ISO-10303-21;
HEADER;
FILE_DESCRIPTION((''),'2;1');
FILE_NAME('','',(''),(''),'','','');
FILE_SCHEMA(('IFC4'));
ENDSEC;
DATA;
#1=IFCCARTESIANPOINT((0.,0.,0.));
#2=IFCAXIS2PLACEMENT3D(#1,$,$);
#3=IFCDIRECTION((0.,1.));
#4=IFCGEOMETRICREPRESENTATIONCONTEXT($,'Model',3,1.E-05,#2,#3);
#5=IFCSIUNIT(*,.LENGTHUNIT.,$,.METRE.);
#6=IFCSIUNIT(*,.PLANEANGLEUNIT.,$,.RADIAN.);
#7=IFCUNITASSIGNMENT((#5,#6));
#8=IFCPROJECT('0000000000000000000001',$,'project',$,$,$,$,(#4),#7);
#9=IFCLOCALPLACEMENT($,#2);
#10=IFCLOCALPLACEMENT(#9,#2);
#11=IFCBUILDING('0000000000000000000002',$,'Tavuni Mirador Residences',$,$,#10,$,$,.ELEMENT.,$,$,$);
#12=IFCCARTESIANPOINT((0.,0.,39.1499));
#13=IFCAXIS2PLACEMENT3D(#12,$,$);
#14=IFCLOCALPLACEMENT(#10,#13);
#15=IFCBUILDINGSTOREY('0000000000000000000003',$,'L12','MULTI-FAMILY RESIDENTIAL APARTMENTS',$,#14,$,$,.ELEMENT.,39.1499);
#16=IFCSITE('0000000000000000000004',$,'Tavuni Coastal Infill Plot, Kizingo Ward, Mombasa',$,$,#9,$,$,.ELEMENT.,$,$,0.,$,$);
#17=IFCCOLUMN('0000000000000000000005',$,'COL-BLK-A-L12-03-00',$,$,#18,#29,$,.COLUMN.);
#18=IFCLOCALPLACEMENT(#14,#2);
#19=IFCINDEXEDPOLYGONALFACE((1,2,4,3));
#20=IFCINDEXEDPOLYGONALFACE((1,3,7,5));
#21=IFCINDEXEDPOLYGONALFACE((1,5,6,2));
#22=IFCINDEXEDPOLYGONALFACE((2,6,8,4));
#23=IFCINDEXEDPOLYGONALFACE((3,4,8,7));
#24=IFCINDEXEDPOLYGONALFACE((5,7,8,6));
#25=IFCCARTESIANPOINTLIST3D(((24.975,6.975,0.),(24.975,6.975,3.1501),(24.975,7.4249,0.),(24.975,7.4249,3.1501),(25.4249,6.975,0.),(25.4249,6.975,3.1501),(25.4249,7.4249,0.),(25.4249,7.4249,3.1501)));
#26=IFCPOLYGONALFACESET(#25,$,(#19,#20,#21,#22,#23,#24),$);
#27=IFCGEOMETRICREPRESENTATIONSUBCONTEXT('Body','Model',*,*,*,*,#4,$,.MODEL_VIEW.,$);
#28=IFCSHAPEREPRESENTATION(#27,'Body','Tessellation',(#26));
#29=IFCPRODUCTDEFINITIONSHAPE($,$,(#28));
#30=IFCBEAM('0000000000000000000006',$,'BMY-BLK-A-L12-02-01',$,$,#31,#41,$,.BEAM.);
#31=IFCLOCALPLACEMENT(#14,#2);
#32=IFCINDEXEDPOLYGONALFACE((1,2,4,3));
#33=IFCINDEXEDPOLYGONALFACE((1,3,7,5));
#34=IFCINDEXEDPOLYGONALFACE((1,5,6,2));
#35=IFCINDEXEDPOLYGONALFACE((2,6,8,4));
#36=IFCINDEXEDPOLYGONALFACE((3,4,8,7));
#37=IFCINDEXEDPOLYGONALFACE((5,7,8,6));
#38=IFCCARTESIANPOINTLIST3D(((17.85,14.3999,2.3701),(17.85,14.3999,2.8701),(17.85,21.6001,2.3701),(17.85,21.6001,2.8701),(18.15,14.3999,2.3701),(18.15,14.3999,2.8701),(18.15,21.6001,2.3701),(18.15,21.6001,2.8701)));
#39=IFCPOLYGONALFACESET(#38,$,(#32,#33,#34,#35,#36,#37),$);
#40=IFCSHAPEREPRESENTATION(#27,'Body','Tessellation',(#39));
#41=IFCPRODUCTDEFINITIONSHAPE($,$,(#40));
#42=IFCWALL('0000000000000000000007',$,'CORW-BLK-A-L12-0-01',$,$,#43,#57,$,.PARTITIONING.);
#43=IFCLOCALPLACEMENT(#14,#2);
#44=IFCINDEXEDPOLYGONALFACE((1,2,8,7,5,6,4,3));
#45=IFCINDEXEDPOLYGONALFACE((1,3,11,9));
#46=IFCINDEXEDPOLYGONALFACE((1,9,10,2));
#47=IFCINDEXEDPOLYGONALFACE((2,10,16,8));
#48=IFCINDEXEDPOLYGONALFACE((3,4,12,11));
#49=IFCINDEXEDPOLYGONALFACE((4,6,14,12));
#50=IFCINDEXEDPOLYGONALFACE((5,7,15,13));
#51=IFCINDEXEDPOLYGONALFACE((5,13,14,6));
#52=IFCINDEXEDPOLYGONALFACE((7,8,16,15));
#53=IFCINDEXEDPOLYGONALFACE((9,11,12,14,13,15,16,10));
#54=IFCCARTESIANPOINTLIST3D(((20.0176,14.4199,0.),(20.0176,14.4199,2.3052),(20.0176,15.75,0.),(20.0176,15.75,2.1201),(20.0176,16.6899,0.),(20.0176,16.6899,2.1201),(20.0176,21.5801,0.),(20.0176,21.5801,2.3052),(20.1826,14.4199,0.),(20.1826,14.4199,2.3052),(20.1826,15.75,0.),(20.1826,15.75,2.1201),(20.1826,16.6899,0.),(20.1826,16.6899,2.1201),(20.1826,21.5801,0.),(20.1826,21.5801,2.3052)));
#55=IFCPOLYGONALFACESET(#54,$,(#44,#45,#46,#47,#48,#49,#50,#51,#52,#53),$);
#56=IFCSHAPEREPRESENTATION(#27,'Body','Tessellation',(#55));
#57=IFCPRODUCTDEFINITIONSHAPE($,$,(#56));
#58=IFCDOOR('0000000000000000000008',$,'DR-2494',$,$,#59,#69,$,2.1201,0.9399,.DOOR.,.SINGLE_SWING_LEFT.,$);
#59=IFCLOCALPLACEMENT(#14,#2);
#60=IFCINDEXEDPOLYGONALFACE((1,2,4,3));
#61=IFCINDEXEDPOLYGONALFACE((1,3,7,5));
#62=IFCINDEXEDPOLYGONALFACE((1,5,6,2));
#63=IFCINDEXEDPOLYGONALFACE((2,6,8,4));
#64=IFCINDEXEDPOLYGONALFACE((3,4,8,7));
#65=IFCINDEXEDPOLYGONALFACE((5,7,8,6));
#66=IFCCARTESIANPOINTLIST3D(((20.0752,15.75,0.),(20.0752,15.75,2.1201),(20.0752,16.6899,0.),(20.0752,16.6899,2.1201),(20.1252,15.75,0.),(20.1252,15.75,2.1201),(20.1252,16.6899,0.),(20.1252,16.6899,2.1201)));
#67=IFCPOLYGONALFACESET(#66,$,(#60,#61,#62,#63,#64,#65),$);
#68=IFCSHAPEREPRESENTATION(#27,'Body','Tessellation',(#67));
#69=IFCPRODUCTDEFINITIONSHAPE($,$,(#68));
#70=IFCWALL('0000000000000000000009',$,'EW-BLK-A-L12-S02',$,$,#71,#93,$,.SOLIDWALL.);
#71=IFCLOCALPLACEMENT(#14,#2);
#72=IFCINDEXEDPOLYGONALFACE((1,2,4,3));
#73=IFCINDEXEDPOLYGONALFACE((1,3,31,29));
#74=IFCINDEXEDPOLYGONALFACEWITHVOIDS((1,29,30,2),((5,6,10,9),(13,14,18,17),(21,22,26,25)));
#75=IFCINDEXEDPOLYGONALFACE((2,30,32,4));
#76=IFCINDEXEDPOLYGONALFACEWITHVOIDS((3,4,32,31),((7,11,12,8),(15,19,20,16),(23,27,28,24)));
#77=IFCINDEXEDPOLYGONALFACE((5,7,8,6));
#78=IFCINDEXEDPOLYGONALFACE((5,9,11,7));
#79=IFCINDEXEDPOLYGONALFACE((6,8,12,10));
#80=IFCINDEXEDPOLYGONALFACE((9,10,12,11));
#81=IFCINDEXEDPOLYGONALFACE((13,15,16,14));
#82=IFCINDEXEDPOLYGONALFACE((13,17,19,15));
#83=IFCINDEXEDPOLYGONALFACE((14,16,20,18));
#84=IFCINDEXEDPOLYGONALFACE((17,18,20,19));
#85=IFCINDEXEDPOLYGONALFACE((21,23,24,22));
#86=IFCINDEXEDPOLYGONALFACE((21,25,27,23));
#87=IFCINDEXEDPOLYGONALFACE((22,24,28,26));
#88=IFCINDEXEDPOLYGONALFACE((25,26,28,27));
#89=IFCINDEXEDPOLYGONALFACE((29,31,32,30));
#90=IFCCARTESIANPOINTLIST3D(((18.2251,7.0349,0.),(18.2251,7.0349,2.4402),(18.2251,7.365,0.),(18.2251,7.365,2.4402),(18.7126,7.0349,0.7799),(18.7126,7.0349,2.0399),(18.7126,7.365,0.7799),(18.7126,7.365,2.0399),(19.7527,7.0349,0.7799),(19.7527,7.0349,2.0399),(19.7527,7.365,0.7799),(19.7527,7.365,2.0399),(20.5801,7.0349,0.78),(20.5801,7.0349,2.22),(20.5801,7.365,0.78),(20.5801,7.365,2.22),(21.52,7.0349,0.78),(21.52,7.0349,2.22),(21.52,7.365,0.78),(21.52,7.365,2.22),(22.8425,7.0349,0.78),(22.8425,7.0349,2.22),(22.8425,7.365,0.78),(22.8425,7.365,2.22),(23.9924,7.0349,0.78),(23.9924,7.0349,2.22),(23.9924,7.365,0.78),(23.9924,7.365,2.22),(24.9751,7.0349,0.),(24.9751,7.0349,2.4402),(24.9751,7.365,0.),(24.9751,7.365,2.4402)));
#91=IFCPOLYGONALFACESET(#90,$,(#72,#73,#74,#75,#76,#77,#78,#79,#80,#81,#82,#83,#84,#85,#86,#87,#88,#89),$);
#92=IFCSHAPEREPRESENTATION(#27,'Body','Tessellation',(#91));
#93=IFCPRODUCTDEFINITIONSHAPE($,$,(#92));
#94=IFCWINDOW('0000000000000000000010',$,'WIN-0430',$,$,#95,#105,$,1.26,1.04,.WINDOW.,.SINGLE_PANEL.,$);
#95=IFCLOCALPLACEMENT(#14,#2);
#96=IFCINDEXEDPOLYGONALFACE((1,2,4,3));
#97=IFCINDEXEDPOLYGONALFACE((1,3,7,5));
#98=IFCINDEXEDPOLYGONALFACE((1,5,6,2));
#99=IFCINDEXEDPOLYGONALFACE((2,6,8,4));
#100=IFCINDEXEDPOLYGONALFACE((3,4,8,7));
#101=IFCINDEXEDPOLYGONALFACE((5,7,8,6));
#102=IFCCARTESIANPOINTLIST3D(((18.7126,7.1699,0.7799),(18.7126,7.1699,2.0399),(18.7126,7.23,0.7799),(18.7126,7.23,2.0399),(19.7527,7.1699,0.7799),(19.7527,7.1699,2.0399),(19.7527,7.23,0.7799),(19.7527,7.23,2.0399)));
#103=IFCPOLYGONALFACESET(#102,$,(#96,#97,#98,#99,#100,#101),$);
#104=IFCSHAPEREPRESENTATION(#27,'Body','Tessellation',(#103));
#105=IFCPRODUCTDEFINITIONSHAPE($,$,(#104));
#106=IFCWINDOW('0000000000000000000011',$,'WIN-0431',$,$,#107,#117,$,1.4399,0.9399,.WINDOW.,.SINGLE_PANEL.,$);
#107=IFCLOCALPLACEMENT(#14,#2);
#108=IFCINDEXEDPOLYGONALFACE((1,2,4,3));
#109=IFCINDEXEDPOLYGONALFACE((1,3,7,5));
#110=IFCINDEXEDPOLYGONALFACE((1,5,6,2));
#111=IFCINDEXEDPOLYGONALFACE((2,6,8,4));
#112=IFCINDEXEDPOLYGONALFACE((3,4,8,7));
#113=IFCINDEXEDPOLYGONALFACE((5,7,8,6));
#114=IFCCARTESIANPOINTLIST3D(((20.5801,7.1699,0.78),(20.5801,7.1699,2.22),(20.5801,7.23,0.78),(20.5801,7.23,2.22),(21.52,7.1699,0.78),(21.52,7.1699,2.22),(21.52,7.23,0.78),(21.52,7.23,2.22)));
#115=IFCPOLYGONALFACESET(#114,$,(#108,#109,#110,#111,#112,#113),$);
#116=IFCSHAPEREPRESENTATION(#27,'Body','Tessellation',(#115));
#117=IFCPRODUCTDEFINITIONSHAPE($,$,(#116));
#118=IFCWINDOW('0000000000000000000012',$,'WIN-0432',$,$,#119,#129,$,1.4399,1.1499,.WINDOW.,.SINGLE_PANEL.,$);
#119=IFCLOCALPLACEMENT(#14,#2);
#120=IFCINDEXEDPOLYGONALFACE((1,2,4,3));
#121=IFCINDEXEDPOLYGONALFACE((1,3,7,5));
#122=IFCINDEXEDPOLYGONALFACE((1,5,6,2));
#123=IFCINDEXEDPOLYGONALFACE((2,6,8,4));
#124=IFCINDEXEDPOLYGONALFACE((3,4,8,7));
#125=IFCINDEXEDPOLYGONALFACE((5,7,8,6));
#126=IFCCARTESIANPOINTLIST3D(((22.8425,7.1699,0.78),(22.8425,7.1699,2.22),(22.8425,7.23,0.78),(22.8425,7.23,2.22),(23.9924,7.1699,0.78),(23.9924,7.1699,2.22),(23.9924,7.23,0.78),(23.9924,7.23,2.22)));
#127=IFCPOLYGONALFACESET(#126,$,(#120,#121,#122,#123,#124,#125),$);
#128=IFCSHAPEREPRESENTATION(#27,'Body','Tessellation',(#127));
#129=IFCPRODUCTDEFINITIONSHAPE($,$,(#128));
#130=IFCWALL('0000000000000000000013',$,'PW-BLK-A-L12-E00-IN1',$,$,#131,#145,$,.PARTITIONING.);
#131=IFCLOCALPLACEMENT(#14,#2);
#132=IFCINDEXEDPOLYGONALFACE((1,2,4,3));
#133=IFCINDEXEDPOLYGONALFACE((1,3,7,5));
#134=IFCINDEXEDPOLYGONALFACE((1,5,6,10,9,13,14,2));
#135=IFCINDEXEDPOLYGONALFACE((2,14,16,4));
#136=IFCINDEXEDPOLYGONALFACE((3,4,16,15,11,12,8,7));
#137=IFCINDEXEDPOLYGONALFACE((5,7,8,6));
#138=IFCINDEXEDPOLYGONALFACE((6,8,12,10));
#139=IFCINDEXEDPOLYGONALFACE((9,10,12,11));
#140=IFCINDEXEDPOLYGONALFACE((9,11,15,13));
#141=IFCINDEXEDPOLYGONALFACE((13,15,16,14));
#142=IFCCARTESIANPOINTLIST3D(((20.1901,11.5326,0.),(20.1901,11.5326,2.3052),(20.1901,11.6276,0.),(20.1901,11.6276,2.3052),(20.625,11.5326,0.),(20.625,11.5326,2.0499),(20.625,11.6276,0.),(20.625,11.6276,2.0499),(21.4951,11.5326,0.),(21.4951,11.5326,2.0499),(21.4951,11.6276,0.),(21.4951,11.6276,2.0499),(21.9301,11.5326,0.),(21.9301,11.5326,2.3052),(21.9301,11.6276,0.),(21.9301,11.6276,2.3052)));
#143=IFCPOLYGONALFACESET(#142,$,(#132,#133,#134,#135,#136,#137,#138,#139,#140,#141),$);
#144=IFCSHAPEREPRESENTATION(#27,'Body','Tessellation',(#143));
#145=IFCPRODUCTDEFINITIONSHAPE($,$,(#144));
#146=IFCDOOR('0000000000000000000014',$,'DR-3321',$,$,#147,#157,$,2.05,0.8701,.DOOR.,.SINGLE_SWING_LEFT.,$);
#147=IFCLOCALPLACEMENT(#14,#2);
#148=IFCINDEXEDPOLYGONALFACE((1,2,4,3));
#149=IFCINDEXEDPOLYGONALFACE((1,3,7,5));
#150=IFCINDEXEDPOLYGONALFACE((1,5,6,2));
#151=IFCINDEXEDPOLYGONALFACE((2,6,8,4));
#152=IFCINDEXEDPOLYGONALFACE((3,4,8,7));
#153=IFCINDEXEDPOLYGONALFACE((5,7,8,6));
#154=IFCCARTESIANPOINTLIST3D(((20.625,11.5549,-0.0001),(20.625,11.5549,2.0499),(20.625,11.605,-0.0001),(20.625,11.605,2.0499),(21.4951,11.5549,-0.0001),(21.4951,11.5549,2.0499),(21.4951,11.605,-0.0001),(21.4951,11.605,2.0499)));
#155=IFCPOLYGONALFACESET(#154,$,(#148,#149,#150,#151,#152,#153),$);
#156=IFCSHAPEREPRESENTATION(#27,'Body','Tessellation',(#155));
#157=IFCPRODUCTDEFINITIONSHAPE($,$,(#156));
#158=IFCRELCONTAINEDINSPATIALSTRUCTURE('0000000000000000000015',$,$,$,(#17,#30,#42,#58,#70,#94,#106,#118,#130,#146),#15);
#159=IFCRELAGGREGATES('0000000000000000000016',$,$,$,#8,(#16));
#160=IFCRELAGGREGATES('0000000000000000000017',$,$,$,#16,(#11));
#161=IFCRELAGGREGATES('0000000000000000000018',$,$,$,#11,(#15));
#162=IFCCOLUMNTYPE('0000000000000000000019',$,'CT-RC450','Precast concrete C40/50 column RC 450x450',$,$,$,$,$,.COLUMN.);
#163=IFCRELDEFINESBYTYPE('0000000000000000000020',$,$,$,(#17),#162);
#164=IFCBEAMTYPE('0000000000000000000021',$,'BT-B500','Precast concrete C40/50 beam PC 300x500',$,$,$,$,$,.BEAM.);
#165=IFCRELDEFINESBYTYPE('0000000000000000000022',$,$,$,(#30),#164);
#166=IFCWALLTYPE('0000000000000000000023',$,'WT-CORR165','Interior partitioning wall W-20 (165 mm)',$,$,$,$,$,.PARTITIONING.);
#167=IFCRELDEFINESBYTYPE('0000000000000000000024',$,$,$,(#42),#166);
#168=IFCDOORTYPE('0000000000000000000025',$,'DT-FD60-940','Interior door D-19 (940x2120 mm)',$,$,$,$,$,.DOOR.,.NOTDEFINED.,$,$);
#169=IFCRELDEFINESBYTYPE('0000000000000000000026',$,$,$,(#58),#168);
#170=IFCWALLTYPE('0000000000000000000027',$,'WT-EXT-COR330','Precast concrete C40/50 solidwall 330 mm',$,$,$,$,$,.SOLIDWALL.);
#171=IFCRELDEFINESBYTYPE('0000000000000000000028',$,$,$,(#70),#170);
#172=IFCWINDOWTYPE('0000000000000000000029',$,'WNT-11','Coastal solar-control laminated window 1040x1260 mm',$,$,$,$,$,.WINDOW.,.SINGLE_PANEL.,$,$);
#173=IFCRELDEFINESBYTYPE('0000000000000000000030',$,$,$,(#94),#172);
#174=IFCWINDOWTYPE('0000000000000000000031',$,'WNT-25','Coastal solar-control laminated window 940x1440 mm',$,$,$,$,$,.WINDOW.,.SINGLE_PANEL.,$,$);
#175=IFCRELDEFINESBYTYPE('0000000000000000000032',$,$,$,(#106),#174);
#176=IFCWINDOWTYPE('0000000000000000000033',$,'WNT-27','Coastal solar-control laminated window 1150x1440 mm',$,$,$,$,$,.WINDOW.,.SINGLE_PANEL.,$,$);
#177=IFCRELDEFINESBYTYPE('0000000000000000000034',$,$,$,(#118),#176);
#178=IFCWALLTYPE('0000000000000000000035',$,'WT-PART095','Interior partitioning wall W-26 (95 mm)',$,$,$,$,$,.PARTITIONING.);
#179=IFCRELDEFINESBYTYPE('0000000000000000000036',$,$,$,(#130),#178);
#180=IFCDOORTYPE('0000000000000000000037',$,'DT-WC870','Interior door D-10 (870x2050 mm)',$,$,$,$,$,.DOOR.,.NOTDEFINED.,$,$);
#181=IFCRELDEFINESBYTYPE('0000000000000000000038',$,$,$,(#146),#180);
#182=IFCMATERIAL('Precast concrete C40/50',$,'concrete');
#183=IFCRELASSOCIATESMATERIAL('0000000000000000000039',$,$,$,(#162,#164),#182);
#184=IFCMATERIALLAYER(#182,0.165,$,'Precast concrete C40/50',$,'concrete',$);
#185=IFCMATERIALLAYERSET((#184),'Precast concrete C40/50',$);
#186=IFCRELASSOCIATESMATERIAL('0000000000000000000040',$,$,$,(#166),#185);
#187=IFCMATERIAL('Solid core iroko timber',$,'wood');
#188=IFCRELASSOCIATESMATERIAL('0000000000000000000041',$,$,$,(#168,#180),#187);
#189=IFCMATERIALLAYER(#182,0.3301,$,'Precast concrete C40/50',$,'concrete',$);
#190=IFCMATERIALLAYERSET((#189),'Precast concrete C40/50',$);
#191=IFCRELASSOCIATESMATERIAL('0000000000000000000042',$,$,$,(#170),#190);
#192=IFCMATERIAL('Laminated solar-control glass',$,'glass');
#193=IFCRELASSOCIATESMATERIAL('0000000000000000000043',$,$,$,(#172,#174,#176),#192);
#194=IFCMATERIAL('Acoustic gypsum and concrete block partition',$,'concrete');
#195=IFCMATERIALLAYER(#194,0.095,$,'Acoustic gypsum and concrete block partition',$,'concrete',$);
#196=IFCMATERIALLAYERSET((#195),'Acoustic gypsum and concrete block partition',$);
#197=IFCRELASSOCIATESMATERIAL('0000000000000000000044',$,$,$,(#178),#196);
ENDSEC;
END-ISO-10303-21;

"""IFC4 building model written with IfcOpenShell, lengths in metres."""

from ifc_helpers import new_model, si_unit, direction, frame, frame_2d, origin, origin_2d, place, context, subcontext, project, spatial, rectangle, extrude, material, layer, layer_set, material_profile, profile_set, type_object, element, fill, save


model = new_model("IFC4")

# Units and contexts
model_context = context("Model", 3, precision=1e-05, world=origin(), true_north=direction((0.0, 1.0)))
body_context = subcontext(model_context, "Body", "Model", "MODEL_VIEW")
ifc_project = project(units=[si_unit("LENGTHUNIT", "METRE"), si_unit("PLANEANGLEUNIT", "RADIAN")], contexts=[model_context])

# Site, building, storey
site_placement = place(None, origin())
site = spatial("IfcSite", under=ifc_project, at=site_placement, Name="Tavuni Coastal Infill Plot, Kizingo Ward, Mombasa", CompositionType="ELEMENT", RefElevation=0.0)
building_placement = place(site_placement, origin())
building = spatial("IfcBuilding", under=site, at=building_placement, Name="Tavuni Mirador Residences", CompositionType="ELEMENT")
storey_placement = place(building_placement, frame((0.0, 0.0, 39.1499)))
storey = spatial("IfcBuildingStorey", under=building, at=storey_placement, Name="L12", Description="MULTI-FAMILY RESIDENTIAL APARTMENTS", CompositionType="ELEMENT", Elevation=39.1499)

# Column
ifc_material_1 = material(Name="Precast concrete C40/50", Category="concrete")
ifc_material_profile_1 = material_profile(ifc_material_1, rectangle(XDim=0.45, YDim=0.45, at=origin_2d()), Name="RC 450x450", Category="concrete")
ifc_profile_set_1 = profile_set([ifc_material_profile_1], Name="Precast concrete C40/50")
column_type = type_object("IfcColumnType", Name="CT-RC450", Description="Precast concrete C40/50 column RC 450x450", PredefinedType="COLUMN", material=ifc_profile_set_1)
column_placement = place(storey_placement, frame((25.2, 7.2, 0.0), z_axis=(0.0, 0.0, 1.0), x_axis=(1.0, 0.0, 0.0)))
element("IfcColumn", 1, at=column_placement, inside=storey, type_object=column_type, Name="COL-BLK-A-L12-03-00", PredefinedType="COLUMN", context=body_context, shape_type="SweptSolid", body=[
    extrude(rectangle(XDim=0.45, YDim=0.45, at=origin_2d()), origin(), (0.0, 0.0, 1.0), 3.1501),
])

# Beam
ifc_material_profile_2 = material_profile(ifc_material_1, rectangle(XDim=0.3, YDim=0.5, at=origin_2d()), Name="PC 300x500", Category="concrete")
ifc_profile_set_2 = profile_set([ifc_material_profile_2], Name="Precast concrete C40/50")
beam_type = type_object("IfcBeamType", Name="BT-B500", Description="Precast concrete C40/50 beam PC 300x500", PredefinedType="BEAM", material=ifc_profile_set_2)
beam_placement = place(storey_placement, frame((18.0, 14.3999, 2.6201), z_axis=(0.0, 1.0, 0.0), x_axis=(-1.0, 0.0, 0.0)))
element("IfcBeam", 2, at=beam_placement, inside=storey, type_object=beam_type, Name="BMY-BLK-A-L12-02-01", PredefinedType="BEAM", context=body_context, shape_type="SweptSolid", body=[
    extrude(rectangle(XDim=0.3, YDim=0.5, at=origin_2d()), origin(), (0.0, 0.0, 1.0), 7.2002),
])

# Wall, opening, door
ifc_material_2 = material(Name="Solid core iroko timber", Category="wood")
ifc_layer_1 = layer(ifc_material_1, 0.165, Name="Precast concrete C40/50", Category="concrete")
ifc_layer_set_1 = layer_set([ifc_layer_1], Name="Precast concrete C40/50")
wall_type_1 = type_object("IfcWallType", Name="WT-CORR165", Description="Interior partitioning wall W-20 (165 mm)", PredefinedType="PARTITIONING", material=ifc_layer_set_1)
wall_1_placement = place(storey_placement, frame((20.1001, 14.4199, 0.0), z_axis=(0.0, 0.0, 1.0), x_axis=(0.0, 1.0, 0.0)))
wall_1 = element("IfcWall", 3, at=wall_1_placement, inside=storey, type_object=wall_type_1, Name="CORW-BLK-A-L12-0-01", PredefinedType="PARTITIONING", context=body_context, shape_type="SweptSolid", body=[
    extrude(rectangle(XDim=7.1602, YDim=0.165, at=frame_2d((3.5801, 0.0))), origin(), (0.0, 0.0, 1.0), 2.3052),
])
opening_1_placement = place(wall_1_placement, frame((1.3301, 0.0, 0.0)))
opening_1 = element("IfcOpeningElement", 4, at=opening_1_placement, cuts=wall_1, PredefinedType="OPENING", context=body_context, shape_type="SweptSolid", body=[
    extrude(rectangle(XDim=0.9399, YDim=2.1201, at=frame_2d((0.47, 1.0601))), frame((0.0, 0.0925, 0.0), z_axis=(0.0, -1.0, 0.0), x_axis=(1.0, 0.0, 0.0)), (0.0, 0.0, 1.0), 0.1851),
])
door_type_1 = type_object("IfcDoorType", Name="DT-FD60-940", Description="Interior door D-19 (940x2120 mm)", OperationType="NOTDEFINED", PredefinedType="DOOR", material=ifc_material_2)
door_1_placement = place(opening_1_placement, origin())
door_1 = element("IfcDoor", 5, at=door_1_placement, inside=storey, type_object=door_type_1, Name="DR-2494", OperationType="SINGLE_SWING_LEFT", OverallHeight=2.1201, OverallWidth=0.9399, PredefinedType="DOOR", context=body_context, shape_type="SweptSolid", body=[
    extrude(rectangle(XDim=0.9399, YDim=2.1201, at=frame_2d((0.47, 1.0601))), frame((0.0, 0.0249, 0.0), z_axis=(0.0, -1.0, 0.0), x_axis=(1.0, 0.0, 0.0)), (0.0, 0.0, 1.0), 0.05),
])
fill(opening_1, door_1)

# Wall, openings, windows
ifc_layer_2 = layer(ifc_material_1, 0.3301, Name="Precast concrete C40/50", Category="concrete")
ifc_layer_set_2 = layer_set([ifc_layer_2], Name="Precast concrete C40/50")
wall_type_2 = type_object("IfcWallType", Name="WT-EXT-COR330", Description="Precast concrete C40/50 solidwall 330 mm", PredefinedType="SOLIDWALL", material=ifc_layer_set_2)
wall_2_placement = place(storey_placement, frame((18.2251, 7.2, 0.0), z_axis=(0.0, 0.0, 1.0), x_axis=(1.0, 0.0, 0.0)))
wall_2 = element("IfcWall", 6, at=wall_2_placement, inside=storey, type_object=wall_type_2, Name="EW-BLK-A-L12-S02", PredefinedType="SOLIDWALL", context=body_context, shape_type="SweptSolid", body=[
    extrude(rectangle(XDim=6.75, YDim=0.3301, at=frame_2d((3.375, 0.0))), origin(), (0.0, 0.0, 1.0), 2.4402),
])
opening_2_placement = place(wall_2_placement, frame((0.4875, 0.0, 0.78)))
opening_2 = element("IfcOpeningElement", 7, at=opening_2_placement, cuts=wall_2, PredefinedType="OPENING", context=body_context, shape_type="SweptSolid", body=[
    extrude(rectangle(XDim=1.04, YDim=1.26, at=frame_2d((0.52, 0.6299))), frame((0.0, 0.175, 0.0), z_axis=(0.0, -1.0, 0.0), x_axis=(1.0, 0.0, 0.0)), (0.0, 0.0, 1.0), 0.3501),
])
opening_3_placement = place(wall_2_placement, frame((2.355, 0.0, 0.78)))
opening_3 = element("IfcOpeningElement", 8, at=opening_3_placement, cuts=wall_2, PredefinedType="OPENING", context=body_context, shape_type="SweptSolid", body=[
    extrude(rectangle(XDim=0.9399, YDim=1.4399, at=frame_2d((0.47, 0.72))), frame((0.0, 0.175, 0.0), z_axis=(0.0, -1.0, 0.0), x_axis=(1.0, 0.0, 0.0)), (0.0, 0.0, 1.0), 0.3501),
])
opening_4_placement = place(wall_2_placement, frame((4.6174, 0.0, 0.78)))
opening_4 = element("IfcOpeningElement", 9, at=opening_4_placement, cuts=wall_2, PredefinedType="OPENING", context=body_context, shape_type="SweptSolid", body=[
    extrude(rectangle(XDim=1.1499, YDim=1.4399, at=frame_2d((0.575, 0.72))), frame((0.0, 0.175, 0.0), z_axis=(0.0, -1.0, 0.0), x_axis=(1.0, 0.0, 0.0)), (0.0, 0.0, 1.0), 0.3501),
])
ifc_material_3 = material(Name="Laminated solar-control glass", Category="glass")
window_type_1 = type_object("IfcWindowType", Name="WNT-11", Description="Coastal solar-control laminated window 1040x1260 mm", PartitioningType="SINGLE_PANEL", PredefinedType="WINDOW", material=ifc_material_3)
window_1_placement = place(opening_2_placement, origin())
window_1 = element("IfcWindow", 10, at=window_1_placement, inside=storey, type_object=window_type_1, Name="WIN-0430", OverallHeight=1.26, OverallWidth=1.04, PartitioningType="SINGLE_PANEL", PredefinedType="WINDOW", context=body_context, shape_type="SweptSolid", body=[
    extrude(rectangle(XDim=1.04, YDim=1.26, at=frame_2d((0.52, 0.6299))), frame((0.0, 0.03, 0.0), z_axis=(0.0, -1.0, 0.0), x_axis=(1.0, 0.0, 0.0)), (0.0, 0.0, 1.0), 0.0601),
])
fill(opening_2, window_1)
window_type_2 = type_object("IfcWindowType", Name="WNT-25", Description="Coastal solar-control laminated window 940x1440 mm", PartitioningType="SINGLE_PANEL", PredefinedType="WINDOW", material=ifc_material_3)
window_2_placement = place(opening_3_placement, origin())
window_2 = element("IfcWindow", 11, at=window_2_placement, inside=storey, type_object=window_type_2, Name="WIN-0431", OverallHeight=1.4399, OverallWidth=0.9399, PartitioningType="SINGLE_PANEL", PredefinedType="WINDOW", context=body_context, shape_type="SweptSolid", body=[
    extrude(rectangle(XDim=0.9399, YDim=1.4399, at=frame_2d((0.47, 0.72))), frame((0.0, 0.03, 0.0), z_axis=(0.0, -1.0, 0.0), x_axis=(1.0, 0.0, 0.0)), (0.0, 0.0, 1.0), 0.0601),
])
fill(opening_3, window_2)
window_type_3 = type_object("IfcWindowType", Name="WNT-27", Description="Coastal solar-control laminated window 1150x1440 mm", PartitioningType="SINGLE_PANEL", PredefinedType="WINDOW", material=ifc_material_3)
window_3_placement = place(opening_4_placement, origin())
window_3 = element("IfcWindow", 12, at=window_3_placement, inside=storey, type_object=window_type_3, Name="WIN-0432", OverallHeight=1.4399, OverallWidth=1.1499, PartitioningType="SINGLE_PANEL", PredefinedType="WINDOW", context=body_context, shape_type="SweptSolid", body=[
    extrude(rectangle(XDim=1.1499, YDim=1.4399, at=frame_2d((0.575, 0.72))), frame((0.0, 0.03, 0.0), z_axis=(0.0, -1.0, 0.0), x_axis=(1.0, 0.0, 0.0)), (0.0, 0.0, 1.0), 0.0601),
])
fill(opening_4, window_3)

# Wall, opening, door
ifc_material_4 = material(Name="Acoustic gypsum and concrete block partition", Category="concrete")
ifc_layer_3 = layer(ifc_material_4, 0.095, Name="Acoustic gypsum and concrete block partition", Category="concrete")
ifc_layer_set_3 = layer_set([ifc_layer_3], Name="Acoustic gypsum and concrete block partition")
wall_type_3 = type_object("IfcWallType", Name="WT-PART095", Description="Interior partitioning wall W-26 (95 mm)", PredefinedType="PARTITIONING", material=ifc_layer_set_3)
wall_3_placement = place(storey_placement, frame((20.1899, 11.5801, 0.0), z_axis=(0.0, 0.0, 1.0), x_axis=(1.0, 0.0, 0.0)))
wall_3 = element("IfcWall", 13, at=wall_3_placement, inside=storey, type_object=wall_type_3, Name="PW-BLK-A-L12-E00-IN1", PredefinedType="PARTITIONING", context=body_context, shape_type="SweptSolid", body=[
    extrude(rectangle(XDim=1.74, YDim=0.095, at=frame_2d((0.8701, 0.0))), origin(), (0.0, 0.0, 1.0), 2.3052),
])
opening_5_placement = place(wall_3_placement, frame((0.4351, 0.0, 0.0)))
opening_5 = element("IfcOpeningElement", 14, at=opening_5_placement, cuts=wall_3, PredefinedType="OPENING", context=body_context, shape_type="SweptSolid", body=[
    extrude(rectangle(XDim=0.8701, YDim=2.05, at=frame_2d((0.4351, 1.0249))), frame((0.0, 0.0576, 0.0), z_axis=(0.0, -1.0, 0.0), x_axis=(1.0, 0.0, 0.0)), (0.0, 0.0, 1.0), 0.115),
])
door_type_2 = type_object("IfcDoorType", Name="DT-WC870", Description="Interior door D-10 (870x2050 mm)", OperationType="NOTDEFINED", PredefinedType="DOOR", material=ifc_material_2)
door_2_placement = place(opening_5_placement, origin())
door_2 = element("IfcDoor", 15, at=door_2_placement, inside=storey, type_object=door_type_2, Name="DR-3321", OperationType="SINGLE_SWING_LEFT", OverallHeight=2.05, OverallWidth=0.8701, PredefinedType="DOOR", context=body_context, shape_type="SweptSolid", body=[
    extrude(rectangle(XDim=0.8701, YDim=2.05, at=frame_2d((0.4351, 1.0249))), frame((0.0, 0.0249, 0.0), z_axis=(0.0, -1.0, 0.0), x_axis=(1.0, 0.0, 0.0)), (0.0, 0.0, 1.0), 0.05),
])
fill(opening_5, door_2)

save(model, "model.ifc")
